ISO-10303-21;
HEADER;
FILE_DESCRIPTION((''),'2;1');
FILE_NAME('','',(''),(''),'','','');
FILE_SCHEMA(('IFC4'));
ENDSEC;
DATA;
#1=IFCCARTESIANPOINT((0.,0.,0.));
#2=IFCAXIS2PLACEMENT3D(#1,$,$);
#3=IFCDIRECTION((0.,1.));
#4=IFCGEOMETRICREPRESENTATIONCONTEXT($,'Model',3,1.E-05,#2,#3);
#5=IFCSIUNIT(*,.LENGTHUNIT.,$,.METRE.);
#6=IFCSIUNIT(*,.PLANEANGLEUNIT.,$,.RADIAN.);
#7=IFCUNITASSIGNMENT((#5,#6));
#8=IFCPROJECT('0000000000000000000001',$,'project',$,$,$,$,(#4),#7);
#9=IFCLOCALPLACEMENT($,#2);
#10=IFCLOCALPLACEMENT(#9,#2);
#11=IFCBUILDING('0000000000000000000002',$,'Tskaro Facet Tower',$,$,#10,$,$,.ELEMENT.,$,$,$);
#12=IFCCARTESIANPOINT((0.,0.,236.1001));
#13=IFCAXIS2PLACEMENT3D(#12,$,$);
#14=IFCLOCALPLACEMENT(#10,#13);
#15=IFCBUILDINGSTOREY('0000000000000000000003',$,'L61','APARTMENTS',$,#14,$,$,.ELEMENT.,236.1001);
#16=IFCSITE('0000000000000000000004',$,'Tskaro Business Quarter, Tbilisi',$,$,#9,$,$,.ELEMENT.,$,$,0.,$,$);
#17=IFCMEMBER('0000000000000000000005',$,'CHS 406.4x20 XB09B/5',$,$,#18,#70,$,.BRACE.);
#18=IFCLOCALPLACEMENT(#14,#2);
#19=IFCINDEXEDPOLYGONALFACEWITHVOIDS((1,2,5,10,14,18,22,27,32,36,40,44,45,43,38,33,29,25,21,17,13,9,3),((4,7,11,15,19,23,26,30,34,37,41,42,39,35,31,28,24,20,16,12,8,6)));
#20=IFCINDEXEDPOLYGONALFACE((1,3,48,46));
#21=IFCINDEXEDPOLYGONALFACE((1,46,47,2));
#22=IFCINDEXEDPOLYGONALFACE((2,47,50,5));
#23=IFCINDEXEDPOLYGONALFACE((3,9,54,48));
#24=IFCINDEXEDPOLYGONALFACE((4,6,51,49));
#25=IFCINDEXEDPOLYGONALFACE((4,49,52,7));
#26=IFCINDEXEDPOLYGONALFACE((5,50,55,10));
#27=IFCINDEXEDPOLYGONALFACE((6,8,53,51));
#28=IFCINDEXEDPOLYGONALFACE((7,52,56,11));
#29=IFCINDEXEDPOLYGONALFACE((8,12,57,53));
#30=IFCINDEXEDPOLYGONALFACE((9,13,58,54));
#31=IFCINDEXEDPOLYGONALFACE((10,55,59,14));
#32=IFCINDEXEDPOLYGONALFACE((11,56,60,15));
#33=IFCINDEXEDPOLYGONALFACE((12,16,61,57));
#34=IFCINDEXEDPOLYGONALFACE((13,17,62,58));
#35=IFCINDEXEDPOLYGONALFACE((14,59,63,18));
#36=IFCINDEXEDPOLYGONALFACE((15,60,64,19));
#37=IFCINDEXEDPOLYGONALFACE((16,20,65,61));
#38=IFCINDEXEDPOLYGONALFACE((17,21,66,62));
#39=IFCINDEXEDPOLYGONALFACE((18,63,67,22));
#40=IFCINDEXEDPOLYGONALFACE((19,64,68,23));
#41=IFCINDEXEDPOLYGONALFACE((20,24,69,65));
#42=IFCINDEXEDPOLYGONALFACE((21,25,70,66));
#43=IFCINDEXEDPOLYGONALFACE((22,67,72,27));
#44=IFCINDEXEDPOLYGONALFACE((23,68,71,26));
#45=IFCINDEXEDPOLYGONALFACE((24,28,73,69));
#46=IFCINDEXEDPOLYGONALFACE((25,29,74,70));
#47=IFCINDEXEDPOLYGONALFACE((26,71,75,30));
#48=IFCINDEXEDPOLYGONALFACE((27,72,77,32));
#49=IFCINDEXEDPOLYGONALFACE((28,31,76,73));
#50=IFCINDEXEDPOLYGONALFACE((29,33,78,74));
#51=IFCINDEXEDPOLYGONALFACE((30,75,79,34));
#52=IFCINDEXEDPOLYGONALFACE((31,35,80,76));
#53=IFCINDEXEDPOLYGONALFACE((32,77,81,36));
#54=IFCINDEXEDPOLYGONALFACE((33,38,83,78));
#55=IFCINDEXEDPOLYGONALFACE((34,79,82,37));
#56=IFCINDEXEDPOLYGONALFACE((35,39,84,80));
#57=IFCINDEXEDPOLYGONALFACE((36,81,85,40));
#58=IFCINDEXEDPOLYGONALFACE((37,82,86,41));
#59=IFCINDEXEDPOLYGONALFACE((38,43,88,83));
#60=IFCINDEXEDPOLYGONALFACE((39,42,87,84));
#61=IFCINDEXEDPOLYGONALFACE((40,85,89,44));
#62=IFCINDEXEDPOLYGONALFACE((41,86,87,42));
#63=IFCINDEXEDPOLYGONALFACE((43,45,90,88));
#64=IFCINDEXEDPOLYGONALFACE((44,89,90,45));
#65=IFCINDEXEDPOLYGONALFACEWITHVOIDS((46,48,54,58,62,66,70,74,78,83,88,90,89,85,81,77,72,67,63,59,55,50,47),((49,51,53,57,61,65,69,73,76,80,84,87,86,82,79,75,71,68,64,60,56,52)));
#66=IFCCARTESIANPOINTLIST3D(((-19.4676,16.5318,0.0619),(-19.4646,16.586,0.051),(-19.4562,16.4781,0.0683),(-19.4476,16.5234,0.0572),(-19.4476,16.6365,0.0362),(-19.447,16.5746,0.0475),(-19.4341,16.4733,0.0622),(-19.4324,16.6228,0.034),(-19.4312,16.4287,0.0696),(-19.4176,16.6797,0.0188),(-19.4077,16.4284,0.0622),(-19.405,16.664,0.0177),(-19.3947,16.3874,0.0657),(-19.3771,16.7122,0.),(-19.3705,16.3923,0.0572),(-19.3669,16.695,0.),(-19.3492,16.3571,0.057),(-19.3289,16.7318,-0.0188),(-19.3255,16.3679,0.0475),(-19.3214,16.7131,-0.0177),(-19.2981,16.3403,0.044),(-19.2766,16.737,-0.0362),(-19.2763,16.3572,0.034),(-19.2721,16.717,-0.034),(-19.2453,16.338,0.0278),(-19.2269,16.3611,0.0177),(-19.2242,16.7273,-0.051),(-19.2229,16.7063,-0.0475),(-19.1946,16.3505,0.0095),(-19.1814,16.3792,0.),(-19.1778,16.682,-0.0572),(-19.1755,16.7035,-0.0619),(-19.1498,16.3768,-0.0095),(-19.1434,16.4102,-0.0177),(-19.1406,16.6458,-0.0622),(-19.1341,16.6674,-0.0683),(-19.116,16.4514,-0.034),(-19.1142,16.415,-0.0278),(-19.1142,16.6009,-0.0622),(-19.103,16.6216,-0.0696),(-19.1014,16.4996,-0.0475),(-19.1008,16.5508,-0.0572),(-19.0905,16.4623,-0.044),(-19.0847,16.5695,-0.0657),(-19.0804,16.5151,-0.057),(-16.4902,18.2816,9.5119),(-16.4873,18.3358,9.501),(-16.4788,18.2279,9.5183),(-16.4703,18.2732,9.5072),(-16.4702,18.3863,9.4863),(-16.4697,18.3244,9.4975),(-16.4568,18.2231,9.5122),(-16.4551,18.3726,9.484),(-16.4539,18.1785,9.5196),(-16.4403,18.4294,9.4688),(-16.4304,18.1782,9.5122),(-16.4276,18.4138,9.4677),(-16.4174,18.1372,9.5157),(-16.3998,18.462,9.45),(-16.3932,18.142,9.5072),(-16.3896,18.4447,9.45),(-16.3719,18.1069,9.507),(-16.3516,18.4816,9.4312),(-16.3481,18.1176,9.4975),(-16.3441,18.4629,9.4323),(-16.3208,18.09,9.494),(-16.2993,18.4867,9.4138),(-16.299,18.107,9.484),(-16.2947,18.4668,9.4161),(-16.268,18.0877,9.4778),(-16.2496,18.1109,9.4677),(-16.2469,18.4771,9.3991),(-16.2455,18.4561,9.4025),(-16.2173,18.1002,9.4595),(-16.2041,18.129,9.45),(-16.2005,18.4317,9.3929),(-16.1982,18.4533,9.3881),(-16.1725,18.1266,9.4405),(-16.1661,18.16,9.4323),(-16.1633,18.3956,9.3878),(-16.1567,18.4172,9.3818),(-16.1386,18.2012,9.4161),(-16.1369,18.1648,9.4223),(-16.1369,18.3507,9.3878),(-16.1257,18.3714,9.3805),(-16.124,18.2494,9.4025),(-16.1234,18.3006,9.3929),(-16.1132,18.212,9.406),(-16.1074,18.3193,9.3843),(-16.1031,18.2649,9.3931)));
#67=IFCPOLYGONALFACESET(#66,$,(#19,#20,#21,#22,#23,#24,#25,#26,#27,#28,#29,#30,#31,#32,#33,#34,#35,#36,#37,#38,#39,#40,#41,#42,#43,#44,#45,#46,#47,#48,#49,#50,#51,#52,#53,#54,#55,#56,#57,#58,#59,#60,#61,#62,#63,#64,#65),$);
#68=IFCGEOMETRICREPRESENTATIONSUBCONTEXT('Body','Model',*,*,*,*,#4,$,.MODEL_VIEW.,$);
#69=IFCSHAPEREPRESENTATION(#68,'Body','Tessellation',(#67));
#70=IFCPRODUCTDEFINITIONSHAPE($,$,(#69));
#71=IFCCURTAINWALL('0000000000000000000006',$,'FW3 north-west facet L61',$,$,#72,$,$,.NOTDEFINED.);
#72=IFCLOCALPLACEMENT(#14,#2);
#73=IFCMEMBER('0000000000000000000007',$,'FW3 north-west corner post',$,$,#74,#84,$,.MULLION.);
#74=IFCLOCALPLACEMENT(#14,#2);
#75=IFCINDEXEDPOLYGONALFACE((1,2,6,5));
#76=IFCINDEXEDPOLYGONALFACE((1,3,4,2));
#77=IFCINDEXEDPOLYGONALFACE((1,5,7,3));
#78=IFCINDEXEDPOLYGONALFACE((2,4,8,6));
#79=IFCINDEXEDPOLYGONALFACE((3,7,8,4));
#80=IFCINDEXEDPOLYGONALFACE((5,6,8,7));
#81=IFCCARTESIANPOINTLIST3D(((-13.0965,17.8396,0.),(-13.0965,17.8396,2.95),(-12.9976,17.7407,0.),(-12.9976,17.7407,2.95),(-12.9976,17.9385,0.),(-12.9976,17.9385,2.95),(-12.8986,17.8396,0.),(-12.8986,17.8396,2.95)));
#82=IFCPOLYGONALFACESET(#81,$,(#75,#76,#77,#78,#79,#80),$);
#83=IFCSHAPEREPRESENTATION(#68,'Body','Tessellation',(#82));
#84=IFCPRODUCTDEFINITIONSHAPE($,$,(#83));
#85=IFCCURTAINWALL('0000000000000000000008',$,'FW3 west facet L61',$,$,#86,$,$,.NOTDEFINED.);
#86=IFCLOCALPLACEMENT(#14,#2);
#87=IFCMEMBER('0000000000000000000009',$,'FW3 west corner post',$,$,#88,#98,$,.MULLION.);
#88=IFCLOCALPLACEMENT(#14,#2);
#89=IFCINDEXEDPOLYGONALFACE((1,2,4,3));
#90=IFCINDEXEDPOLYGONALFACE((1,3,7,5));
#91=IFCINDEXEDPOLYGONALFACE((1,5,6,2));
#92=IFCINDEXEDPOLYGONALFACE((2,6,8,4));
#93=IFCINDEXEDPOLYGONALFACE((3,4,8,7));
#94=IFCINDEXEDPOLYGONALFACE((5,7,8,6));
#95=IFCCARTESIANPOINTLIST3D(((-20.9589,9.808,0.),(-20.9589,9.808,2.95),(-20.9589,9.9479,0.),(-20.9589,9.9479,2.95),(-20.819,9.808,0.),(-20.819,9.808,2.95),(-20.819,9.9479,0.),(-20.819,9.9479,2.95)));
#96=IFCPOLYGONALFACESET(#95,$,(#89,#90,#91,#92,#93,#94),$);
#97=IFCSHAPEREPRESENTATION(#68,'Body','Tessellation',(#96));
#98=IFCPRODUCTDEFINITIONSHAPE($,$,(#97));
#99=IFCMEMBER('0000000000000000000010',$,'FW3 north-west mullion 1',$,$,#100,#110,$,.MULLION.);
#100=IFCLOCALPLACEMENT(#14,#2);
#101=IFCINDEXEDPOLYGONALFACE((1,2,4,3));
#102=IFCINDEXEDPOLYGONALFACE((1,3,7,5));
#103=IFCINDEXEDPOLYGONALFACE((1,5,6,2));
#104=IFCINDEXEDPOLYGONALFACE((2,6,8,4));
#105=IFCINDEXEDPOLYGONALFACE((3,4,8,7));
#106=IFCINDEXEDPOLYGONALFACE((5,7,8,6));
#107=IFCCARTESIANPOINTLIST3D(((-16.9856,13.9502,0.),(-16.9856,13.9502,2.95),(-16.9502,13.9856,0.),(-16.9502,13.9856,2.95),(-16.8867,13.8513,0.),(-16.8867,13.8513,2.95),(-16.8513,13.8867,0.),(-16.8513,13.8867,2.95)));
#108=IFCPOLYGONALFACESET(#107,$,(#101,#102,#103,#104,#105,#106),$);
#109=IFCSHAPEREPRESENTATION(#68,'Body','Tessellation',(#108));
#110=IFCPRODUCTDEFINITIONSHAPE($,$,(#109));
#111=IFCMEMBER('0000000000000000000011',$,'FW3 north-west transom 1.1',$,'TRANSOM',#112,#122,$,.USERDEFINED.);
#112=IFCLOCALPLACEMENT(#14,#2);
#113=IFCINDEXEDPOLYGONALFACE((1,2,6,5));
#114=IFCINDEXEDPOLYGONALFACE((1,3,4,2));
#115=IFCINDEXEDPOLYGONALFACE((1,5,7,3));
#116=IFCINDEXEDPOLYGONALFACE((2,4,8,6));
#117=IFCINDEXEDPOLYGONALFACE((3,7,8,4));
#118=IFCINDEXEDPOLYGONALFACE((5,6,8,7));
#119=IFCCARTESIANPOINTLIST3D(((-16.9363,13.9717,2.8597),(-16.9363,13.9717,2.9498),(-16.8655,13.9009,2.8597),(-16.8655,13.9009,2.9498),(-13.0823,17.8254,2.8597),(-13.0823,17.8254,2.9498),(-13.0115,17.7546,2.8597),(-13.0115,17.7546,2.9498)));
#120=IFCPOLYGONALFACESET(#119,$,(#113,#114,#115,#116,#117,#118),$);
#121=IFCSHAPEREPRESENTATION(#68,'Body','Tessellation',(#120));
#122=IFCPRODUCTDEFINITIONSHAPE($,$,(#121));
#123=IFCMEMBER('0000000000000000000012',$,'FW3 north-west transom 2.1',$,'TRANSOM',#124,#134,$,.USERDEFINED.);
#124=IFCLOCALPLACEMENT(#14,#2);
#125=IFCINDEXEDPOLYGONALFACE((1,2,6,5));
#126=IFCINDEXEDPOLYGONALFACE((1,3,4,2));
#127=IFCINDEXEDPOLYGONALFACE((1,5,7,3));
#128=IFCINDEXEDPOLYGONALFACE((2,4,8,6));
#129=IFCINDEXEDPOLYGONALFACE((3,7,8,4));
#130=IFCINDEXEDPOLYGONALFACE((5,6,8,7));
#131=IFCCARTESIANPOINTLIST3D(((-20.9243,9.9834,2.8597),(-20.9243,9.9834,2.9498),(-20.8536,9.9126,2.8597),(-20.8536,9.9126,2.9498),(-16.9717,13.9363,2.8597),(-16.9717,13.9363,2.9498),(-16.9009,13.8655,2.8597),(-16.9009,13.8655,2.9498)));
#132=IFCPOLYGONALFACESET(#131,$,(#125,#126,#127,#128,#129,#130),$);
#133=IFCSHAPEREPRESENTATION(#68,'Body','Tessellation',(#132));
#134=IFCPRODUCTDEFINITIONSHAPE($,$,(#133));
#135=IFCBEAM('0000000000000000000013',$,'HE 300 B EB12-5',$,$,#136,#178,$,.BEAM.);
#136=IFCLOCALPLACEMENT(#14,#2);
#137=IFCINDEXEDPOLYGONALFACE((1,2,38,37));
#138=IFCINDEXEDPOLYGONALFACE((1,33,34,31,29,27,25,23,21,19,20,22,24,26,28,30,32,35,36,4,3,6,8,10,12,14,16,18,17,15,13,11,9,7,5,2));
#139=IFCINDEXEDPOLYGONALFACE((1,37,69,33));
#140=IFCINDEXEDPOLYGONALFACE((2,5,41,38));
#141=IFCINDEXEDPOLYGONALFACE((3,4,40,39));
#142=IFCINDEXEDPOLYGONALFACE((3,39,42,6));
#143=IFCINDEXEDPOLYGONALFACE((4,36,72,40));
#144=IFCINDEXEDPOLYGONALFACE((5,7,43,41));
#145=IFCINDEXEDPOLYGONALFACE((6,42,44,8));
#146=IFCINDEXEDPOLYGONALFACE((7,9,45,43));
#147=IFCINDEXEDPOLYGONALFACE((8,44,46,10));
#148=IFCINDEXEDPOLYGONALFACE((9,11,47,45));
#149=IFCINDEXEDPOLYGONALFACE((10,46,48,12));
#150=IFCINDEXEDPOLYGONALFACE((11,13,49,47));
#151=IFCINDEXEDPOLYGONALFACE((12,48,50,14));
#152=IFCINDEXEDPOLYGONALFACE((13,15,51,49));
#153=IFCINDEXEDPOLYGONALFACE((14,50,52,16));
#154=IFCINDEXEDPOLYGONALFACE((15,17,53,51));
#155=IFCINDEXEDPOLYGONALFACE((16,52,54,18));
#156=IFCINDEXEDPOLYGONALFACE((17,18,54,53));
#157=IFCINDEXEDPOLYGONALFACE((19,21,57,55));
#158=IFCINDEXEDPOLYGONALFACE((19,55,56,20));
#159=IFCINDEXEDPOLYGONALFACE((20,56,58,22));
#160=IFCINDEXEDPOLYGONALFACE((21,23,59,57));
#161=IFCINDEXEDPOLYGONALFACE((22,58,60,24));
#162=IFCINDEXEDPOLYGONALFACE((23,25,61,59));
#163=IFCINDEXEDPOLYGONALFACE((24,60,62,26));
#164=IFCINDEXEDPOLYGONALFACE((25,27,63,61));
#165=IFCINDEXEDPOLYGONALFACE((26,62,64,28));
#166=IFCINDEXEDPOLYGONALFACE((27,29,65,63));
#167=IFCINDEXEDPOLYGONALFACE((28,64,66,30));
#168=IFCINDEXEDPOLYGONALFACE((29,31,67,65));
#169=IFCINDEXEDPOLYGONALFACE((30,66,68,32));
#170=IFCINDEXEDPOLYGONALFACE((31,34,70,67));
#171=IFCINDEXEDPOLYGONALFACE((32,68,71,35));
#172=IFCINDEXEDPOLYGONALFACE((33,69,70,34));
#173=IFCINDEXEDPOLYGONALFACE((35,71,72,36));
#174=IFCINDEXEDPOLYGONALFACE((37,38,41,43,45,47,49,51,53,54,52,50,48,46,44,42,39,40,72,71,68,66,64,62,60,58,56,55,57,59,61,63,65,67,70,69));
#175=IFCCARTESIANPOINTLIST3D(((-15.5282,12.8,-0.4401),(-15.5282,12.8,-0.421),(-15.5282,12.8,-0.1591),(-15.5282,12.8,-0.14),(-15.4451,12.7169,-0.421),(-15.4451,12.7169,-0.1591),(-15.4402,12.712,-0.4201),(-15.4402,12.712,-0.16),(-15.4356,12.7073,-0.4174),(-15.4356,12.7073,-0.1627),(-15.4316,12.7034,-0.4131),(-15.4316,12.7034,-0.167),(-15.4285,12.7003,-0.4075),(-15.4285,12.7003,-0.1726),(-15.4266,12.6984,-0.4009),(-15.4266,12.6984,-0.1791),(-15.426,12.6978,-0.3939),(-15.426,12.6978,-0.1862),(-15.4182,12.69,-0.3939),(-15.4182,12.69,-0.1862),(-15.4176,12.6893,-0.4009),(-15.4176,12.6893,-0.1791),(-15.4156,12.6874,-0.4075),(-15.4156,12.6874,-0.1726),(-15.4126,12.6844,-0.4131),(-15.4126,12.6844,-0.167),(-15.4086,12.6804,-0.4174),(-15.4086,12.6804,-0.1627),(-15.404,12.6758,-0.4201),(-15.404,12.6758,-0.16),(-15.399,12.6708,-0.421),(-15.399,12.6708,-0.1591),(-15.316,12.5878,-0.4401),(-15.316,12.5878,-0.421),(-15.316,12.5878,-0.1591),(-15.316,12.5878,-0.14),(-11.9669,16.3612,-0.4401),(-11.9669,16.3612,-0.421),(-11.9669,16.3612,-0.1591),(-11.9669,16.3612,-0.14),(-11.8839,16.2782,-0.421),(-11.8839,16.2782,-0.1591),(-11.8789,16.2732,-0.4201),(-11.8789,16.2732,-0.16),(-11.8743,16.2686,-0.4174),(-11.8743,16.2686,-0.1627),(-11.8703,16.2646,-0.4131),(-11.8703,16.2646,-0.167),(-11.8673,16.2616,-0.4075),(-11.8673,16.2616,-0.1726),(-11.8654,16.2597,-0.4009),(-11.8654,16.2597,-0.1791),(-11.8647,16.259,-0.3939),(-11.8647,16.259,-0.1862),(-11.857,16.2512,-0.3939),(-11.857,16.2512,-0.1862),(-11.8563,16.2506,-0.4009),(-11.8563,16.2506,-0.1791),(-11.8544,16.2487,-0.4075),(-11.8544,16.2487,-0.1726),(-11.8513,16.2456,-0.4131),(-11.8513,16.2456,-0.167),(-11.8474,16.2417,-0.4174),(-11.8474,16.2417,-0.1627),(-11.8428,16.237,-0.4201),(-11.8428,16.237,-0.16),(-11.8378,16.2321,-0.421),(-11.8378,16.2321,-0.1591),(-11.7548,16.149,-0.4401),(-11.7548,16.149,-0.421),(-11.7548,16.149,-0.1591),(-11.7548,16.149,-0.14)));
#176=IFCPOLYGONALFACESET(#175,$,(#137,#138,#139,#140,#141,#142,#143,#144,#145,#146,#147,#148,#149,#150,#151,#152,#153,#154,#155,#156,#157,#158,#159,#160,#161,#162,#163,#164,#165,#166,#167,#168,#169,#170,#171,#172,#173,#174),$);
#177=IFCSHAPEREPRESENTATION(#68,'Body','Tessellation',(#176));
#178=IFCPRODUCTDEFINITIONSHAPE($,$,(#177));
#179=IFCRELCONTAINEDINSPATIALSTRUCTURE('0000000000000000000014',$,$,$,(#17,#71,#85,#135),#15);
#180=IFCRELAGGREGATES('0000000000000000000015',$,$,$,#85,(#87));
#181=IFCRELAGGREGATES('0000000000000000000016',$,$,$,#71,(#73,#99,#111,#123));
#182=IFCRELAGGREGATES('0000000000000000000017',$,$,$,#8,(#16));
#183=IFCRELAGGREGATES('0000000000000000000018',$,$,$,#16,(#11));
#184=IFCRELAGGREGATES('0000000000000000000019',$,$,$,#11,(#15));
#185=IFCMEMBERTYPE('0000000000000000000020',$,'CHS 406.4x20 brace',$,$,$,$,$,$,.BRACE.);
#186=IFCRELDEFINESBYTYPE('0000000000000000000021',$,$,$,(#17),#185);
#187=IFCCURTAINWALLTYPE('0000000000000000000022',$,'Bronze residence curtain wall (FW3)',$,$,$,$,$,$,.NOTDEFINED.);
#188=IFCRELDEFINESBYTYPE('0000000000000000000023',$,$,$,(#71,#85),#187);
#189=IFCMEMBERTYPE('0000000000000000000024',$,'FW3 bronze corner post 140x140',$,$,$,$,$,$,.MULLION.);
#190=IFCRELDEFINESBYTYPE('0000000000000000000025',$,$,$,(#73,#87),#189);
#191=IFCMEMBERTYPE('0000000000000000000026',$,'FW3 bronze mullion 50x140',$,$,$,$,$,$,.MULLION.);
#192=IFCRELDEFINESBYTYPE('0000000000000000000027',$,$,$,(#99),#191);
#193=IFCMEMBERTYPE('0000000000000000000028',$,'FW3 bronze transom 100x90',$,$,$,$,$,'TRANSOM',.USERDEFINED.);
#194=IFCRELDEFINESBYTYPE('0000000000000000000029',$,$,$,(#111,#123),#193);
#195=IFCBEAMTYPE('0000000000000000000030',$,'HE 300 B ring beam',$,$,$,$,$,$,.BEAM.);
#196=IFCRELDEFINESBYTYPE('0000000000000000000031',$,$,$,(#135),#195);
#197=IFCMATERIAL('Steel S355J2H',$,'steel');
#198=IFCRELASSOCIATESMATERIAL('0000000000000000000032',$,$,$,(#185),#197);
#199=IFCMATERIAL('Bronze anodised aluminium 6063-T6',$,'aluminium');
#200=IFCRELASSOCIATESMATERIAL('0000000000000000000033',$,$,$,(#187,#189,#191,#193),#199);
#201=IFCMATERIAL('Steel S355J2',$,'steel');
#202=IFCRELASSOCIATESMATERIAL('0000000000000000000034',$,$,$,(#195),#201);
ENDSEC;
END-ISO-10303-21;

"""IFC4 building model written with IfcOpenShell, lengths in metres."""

from ifc_helpers import new_model, si_unit, direction, frame, origin, origin_2d, place, context, subcontext, project, spatial, rectangle, hollow_circle, i_section, extrude, material, material_profile, profile_set, type_object, element, aggregate, save


model = new_model("IFC4")

# Units and contexts
model_context = context("Model", 3, precision=1e-05, world=origin(), true_north=direction((0.0, 1.0)))
body_context = subcontext(model_context, "Body", "Model", "MODEL_VIEW")
ifc_project = project(units=[si_unit("LENGTHUNIT", "METRE"), si_unit("PLANEANGLEUNIT", "RADIAN")], contexts=[model_context])

# Site, building, storey
site_placement = place(None, origin())
site = spatial("IfcSite", under=ifc_project, at=site_placement, Name="Tskaro Business Quarter, Tbilisi", CompositionType="ELEMENT", RefElevation=0.0)
building_placement = place(site_placement, origin())
building = spatial("IfcBuilding", under=site, at=building_placement, Name="Tskaro Facet Tower", CompositionType="ELEMENT")
storey_placement = place(building_placement, frame((0.0, 0.0, 236.1001)))
storey = spatial("IfcBuildingStorey", under=building, at=storey_placement, Name="L61", Description="APARTMENTS", CompositionType="ELEMENT", Elevation=236.1001)

# Shared definitions
ifc_material_1 = material(Name="Steel S355J2", Category="steel")
ifc_material_2 = material(Name="Steel S355J2H", Category="steel")

# Member
ifc_material_profile_1 = material_profile(ifc_material_2, hollow_circle(Radius=0.2031, WallThickness=0.02, at=origin_2d()), Name="CHS 406.4x20")
ifc_profile_set_1 = profile_set([ifc_material_profile_1], Name="Steel S355J2H")
member_type_1 = type_object("IfcMemberType", Name="CHS 406.4x20 brace", PredefinedType="BRACE", material=ifc_profile_set_1)
for number, where, z_axis, x_axis, name in (
    (1, (-19.2742, 16.5371, 0.0), (0.295919, 0.173911, 0.939248), (-0.506677, 0.862136, 0.0), "CHS 406.4x20 XB09B/5"),
):
    element("IfcMember", number, at=place(storey_placement, frame(where, z_axis=z_axis, x_axis=x_axis)), inside=storey, type_object=member_type_1, Name=name, PredefinedType="BRACE", context=body_context, shape_type="SweptSolid", body=[
        extrude(hollow_circle(Radius=0.2031, WallThickness=0.02, at=origin_2d()), origin(), (0.0, 0.0, 1.0), 10.0613),
    ])

# Curtain walls, members
ifc_material_3 = material(Name="Bronze anodised aluminium 6063-T6", Category="aluminium")
curtain_wall_type = type_object("IfcCurtainWallType", Name="Bronze residence curtain wall (FW3)", PredefinedType="NOTDEFINED", material=ifc_material_3)
curtain_wall_1_placement = place(storey_placement, origin())
curtain_wall_1 = element("IfcCurtainWall", 2, at=curtain_wall_1_placement, inside=storey, type_object=curtain_wall_type, Name="FW3 north-west facet L61", PredefinedType="NOTDEFINED")
ifc_material_profile_2 = material_profile(ifc_material_3, rectangle(XDim=0.1399, YDim=0.1399, at=origin_2d()), Name="Corner post 140x140")
ifc_profile_set_2 = profile_set([ifc_material_profile_2], Name="Bronze anodised aluminium 6063-T6")
member_type_2 = type_object("IfcMemberType", Name="FW3 bronze corner post 140x140", PredefinedType="MULLION", material=ifc_profile_set_2)
member_1_placement = place(storey_placement, frame((-12.9976, 17.8396, 0.0), z_axis=(0.0, 0.0, 1.0), x_axis=(-0.707107, -0.707107, 0.0)))
member_1 = element("IfcMember", 3, at=member_1_placement, type_object=member_type_2, Name="FW3 north-west corner post", PredefinedType="MULLION", context=body_context, shape_type="SweptSolid", body=[
    extrude(rectangle(XDim=0.1399, YDim=0.1399, at=origin_2d()), origin(), (0.0, 0.0, 1.0), 2.95),
])
curtain_wall_2_placement = place(storey_placement, origin())
curtain_wall_2 = element("IfcCurtainWall", 4, at=curtain_wall_2_placement, inside=storey, type_object=curtain_wall_type, Name="FW3 west facet L61", PredefinedType="NOTDEFINED")
member_2_placement = place(storey_placement, frame((-20.8889, 9.8779, 0.0), z_axis=(0.0, 0.0, 1.0), x_axis=(0.0, -1.0, 0.0)))
member_2 = element("IfcMember", 5, at=member_2_placement, type_object=member_type_2, Name="FW3 west corner post", PredefinedType="MULLION", context=body_context, shape_type="SweptSolid", body=[
    extrude(rectangle(XDim=0.1399, YDim=0.1399, at=origin_2d()), origin(), (0.0, 0.0, 1.0), 2.95),
])
aggregate(curtain_wall_2, [member_2])

# Members
ifc_material_profile_3 = material_profile(ifc_material_3, rectangle(XDim=0.05, YDim=0.1399, at=origin_2d()), Name="Mullion 50x140")
ifc_profile_set_3 = profile_set([ifc_material_profile_3], Name="Bronze anodised aluminium 6063-T6")
member_type_3 = type_object("IfcMemberType", Name="FW3 bronze mullion 50x140", PredefinedType="MULLION", material=ifc_profile_set_3)
member_3_placement = place(storey_placement, frame((-16.9185, 13.9185, 0.0), z_axis=(0.0, 0.0, 1.0), x_axis=(-0.707107, -0.707107, 0.0)))
member_3 = element("IfcMember", 6, at=member_3_placement, type_object=member_type_3, Name="FW3 north-west mullion 1", PredefinedType="MULLION", context=body_context, shape_type="SweptSolid", body=[
    extrude(rectangle(XDim=0.05, YDim=0.1399, at=origin_2d()), origin(), (0.0, 0.0, 1.0), 2.95),
])
ifc_material_profile_4 = material_profile(ifc_material_3, rectangle(XDim=0.1001, YDim=0.0901, at=origin_2d()), Name="Transom 100x90")
ifc_profile_set_4 = profile_set([ifc_material_profile_4], Name="Bronze anodised aluminium 6063-T6")
member_type_4 = type_object("IfcMemberType", Name="FW3 bronze transom 100x90", ElementType="TRANSOM", PredefinedType="USERDEFINED", material=ifc_profile_set_4)
member_4_placement = place(storey_placement, frame((-13.0469, 17.79, 2.9048), z_axis=(-0.707129, -0.707084, 0.0), x_axis=(0.707084, -0.707129, 0.0)))
member_4 = element("IfcMember", 7, at=member_4_placement, type_object=member_type_4, Name="FW3 north-west transom 1.1", ObjectType="TRANSOM", PredefinedType="USERDEFINED", context=body_context, shape_type="SweptSolid", body=[
    extrude(rectangle(XDim=0.1001, YDim=0.0901, at=origin_2d()), origin(), (0.0, 0.0, 1.0), 5.4502),
])
member_5_placement = place(storey_placement, frame((-16.9363, 13.9009, 2.9048), z_axis=(-0.707085, -0.707129, 0.0), x_axis=(0.707129, -0.707085, 0.0)))
member_5 = element("IfcMember", 8, at=member_5_placement, type_object=member_type_4, Name="FW3 north-west transom 2.1", ObjectType="TRANSOM", PredefinedType="USERDEFINED", context=body_context, shape_type="SweptSolid", body=[
    extrude(rectangle(XDim=0.1001, YDim=0.0901, at=origin_2d()), origin(), (0.0, 0.0, 1.0), 5.5901),
])

# Beam
ifc_material_profile_5 = material_profile(ifc_material_1, i_section(OverallWidth=0.3, OverallDepth=0.3, WebThickness=0.011, FlangeThickness=0.019, FilletRadius=0.0271, at=origin_2d()), Name="HE 300 B")
ifc_profile_set_5 = profile_set([ifc_material_profile_5], Name="Steel S355J2")
beam_type_1 = type_object("IfcBeamType", Name="HE 300 B ring beam", PredefinedType="BEAM", material=ifc_profile_set_5)
for number, where, z_axis, x_axis, name in (
    (9, (-11.8608, 16.2551, -0.29), (-0.707107, -0.707107, 0.0), (0.707107, -0.707107, 0.0), "HE 300 B EB12-5"),
):
    element("IfcBeam", number, at=place(storey_placement, frame(where, z_axis=z_axis, x_axis=x_axis)), inside=storey, type_object=beam_type_1, Name=name, PredefinedType="BEAM", context=body_context, shape_type="SweptSolid", body=[
        extrude(i_section(OverallWidth=0.3, OverallDepth=0.3, WebThickness=0.011, FlangeThickness=0.019, FilletRadius=0.0271, at=origin_2d()), origin(), (0.0, 0.0, 1.0), 5.0364),
    ])

aggregate(curtain_wall_1, [member_1, member_3, member_4, member_5])

save(model, "model.ifc")
